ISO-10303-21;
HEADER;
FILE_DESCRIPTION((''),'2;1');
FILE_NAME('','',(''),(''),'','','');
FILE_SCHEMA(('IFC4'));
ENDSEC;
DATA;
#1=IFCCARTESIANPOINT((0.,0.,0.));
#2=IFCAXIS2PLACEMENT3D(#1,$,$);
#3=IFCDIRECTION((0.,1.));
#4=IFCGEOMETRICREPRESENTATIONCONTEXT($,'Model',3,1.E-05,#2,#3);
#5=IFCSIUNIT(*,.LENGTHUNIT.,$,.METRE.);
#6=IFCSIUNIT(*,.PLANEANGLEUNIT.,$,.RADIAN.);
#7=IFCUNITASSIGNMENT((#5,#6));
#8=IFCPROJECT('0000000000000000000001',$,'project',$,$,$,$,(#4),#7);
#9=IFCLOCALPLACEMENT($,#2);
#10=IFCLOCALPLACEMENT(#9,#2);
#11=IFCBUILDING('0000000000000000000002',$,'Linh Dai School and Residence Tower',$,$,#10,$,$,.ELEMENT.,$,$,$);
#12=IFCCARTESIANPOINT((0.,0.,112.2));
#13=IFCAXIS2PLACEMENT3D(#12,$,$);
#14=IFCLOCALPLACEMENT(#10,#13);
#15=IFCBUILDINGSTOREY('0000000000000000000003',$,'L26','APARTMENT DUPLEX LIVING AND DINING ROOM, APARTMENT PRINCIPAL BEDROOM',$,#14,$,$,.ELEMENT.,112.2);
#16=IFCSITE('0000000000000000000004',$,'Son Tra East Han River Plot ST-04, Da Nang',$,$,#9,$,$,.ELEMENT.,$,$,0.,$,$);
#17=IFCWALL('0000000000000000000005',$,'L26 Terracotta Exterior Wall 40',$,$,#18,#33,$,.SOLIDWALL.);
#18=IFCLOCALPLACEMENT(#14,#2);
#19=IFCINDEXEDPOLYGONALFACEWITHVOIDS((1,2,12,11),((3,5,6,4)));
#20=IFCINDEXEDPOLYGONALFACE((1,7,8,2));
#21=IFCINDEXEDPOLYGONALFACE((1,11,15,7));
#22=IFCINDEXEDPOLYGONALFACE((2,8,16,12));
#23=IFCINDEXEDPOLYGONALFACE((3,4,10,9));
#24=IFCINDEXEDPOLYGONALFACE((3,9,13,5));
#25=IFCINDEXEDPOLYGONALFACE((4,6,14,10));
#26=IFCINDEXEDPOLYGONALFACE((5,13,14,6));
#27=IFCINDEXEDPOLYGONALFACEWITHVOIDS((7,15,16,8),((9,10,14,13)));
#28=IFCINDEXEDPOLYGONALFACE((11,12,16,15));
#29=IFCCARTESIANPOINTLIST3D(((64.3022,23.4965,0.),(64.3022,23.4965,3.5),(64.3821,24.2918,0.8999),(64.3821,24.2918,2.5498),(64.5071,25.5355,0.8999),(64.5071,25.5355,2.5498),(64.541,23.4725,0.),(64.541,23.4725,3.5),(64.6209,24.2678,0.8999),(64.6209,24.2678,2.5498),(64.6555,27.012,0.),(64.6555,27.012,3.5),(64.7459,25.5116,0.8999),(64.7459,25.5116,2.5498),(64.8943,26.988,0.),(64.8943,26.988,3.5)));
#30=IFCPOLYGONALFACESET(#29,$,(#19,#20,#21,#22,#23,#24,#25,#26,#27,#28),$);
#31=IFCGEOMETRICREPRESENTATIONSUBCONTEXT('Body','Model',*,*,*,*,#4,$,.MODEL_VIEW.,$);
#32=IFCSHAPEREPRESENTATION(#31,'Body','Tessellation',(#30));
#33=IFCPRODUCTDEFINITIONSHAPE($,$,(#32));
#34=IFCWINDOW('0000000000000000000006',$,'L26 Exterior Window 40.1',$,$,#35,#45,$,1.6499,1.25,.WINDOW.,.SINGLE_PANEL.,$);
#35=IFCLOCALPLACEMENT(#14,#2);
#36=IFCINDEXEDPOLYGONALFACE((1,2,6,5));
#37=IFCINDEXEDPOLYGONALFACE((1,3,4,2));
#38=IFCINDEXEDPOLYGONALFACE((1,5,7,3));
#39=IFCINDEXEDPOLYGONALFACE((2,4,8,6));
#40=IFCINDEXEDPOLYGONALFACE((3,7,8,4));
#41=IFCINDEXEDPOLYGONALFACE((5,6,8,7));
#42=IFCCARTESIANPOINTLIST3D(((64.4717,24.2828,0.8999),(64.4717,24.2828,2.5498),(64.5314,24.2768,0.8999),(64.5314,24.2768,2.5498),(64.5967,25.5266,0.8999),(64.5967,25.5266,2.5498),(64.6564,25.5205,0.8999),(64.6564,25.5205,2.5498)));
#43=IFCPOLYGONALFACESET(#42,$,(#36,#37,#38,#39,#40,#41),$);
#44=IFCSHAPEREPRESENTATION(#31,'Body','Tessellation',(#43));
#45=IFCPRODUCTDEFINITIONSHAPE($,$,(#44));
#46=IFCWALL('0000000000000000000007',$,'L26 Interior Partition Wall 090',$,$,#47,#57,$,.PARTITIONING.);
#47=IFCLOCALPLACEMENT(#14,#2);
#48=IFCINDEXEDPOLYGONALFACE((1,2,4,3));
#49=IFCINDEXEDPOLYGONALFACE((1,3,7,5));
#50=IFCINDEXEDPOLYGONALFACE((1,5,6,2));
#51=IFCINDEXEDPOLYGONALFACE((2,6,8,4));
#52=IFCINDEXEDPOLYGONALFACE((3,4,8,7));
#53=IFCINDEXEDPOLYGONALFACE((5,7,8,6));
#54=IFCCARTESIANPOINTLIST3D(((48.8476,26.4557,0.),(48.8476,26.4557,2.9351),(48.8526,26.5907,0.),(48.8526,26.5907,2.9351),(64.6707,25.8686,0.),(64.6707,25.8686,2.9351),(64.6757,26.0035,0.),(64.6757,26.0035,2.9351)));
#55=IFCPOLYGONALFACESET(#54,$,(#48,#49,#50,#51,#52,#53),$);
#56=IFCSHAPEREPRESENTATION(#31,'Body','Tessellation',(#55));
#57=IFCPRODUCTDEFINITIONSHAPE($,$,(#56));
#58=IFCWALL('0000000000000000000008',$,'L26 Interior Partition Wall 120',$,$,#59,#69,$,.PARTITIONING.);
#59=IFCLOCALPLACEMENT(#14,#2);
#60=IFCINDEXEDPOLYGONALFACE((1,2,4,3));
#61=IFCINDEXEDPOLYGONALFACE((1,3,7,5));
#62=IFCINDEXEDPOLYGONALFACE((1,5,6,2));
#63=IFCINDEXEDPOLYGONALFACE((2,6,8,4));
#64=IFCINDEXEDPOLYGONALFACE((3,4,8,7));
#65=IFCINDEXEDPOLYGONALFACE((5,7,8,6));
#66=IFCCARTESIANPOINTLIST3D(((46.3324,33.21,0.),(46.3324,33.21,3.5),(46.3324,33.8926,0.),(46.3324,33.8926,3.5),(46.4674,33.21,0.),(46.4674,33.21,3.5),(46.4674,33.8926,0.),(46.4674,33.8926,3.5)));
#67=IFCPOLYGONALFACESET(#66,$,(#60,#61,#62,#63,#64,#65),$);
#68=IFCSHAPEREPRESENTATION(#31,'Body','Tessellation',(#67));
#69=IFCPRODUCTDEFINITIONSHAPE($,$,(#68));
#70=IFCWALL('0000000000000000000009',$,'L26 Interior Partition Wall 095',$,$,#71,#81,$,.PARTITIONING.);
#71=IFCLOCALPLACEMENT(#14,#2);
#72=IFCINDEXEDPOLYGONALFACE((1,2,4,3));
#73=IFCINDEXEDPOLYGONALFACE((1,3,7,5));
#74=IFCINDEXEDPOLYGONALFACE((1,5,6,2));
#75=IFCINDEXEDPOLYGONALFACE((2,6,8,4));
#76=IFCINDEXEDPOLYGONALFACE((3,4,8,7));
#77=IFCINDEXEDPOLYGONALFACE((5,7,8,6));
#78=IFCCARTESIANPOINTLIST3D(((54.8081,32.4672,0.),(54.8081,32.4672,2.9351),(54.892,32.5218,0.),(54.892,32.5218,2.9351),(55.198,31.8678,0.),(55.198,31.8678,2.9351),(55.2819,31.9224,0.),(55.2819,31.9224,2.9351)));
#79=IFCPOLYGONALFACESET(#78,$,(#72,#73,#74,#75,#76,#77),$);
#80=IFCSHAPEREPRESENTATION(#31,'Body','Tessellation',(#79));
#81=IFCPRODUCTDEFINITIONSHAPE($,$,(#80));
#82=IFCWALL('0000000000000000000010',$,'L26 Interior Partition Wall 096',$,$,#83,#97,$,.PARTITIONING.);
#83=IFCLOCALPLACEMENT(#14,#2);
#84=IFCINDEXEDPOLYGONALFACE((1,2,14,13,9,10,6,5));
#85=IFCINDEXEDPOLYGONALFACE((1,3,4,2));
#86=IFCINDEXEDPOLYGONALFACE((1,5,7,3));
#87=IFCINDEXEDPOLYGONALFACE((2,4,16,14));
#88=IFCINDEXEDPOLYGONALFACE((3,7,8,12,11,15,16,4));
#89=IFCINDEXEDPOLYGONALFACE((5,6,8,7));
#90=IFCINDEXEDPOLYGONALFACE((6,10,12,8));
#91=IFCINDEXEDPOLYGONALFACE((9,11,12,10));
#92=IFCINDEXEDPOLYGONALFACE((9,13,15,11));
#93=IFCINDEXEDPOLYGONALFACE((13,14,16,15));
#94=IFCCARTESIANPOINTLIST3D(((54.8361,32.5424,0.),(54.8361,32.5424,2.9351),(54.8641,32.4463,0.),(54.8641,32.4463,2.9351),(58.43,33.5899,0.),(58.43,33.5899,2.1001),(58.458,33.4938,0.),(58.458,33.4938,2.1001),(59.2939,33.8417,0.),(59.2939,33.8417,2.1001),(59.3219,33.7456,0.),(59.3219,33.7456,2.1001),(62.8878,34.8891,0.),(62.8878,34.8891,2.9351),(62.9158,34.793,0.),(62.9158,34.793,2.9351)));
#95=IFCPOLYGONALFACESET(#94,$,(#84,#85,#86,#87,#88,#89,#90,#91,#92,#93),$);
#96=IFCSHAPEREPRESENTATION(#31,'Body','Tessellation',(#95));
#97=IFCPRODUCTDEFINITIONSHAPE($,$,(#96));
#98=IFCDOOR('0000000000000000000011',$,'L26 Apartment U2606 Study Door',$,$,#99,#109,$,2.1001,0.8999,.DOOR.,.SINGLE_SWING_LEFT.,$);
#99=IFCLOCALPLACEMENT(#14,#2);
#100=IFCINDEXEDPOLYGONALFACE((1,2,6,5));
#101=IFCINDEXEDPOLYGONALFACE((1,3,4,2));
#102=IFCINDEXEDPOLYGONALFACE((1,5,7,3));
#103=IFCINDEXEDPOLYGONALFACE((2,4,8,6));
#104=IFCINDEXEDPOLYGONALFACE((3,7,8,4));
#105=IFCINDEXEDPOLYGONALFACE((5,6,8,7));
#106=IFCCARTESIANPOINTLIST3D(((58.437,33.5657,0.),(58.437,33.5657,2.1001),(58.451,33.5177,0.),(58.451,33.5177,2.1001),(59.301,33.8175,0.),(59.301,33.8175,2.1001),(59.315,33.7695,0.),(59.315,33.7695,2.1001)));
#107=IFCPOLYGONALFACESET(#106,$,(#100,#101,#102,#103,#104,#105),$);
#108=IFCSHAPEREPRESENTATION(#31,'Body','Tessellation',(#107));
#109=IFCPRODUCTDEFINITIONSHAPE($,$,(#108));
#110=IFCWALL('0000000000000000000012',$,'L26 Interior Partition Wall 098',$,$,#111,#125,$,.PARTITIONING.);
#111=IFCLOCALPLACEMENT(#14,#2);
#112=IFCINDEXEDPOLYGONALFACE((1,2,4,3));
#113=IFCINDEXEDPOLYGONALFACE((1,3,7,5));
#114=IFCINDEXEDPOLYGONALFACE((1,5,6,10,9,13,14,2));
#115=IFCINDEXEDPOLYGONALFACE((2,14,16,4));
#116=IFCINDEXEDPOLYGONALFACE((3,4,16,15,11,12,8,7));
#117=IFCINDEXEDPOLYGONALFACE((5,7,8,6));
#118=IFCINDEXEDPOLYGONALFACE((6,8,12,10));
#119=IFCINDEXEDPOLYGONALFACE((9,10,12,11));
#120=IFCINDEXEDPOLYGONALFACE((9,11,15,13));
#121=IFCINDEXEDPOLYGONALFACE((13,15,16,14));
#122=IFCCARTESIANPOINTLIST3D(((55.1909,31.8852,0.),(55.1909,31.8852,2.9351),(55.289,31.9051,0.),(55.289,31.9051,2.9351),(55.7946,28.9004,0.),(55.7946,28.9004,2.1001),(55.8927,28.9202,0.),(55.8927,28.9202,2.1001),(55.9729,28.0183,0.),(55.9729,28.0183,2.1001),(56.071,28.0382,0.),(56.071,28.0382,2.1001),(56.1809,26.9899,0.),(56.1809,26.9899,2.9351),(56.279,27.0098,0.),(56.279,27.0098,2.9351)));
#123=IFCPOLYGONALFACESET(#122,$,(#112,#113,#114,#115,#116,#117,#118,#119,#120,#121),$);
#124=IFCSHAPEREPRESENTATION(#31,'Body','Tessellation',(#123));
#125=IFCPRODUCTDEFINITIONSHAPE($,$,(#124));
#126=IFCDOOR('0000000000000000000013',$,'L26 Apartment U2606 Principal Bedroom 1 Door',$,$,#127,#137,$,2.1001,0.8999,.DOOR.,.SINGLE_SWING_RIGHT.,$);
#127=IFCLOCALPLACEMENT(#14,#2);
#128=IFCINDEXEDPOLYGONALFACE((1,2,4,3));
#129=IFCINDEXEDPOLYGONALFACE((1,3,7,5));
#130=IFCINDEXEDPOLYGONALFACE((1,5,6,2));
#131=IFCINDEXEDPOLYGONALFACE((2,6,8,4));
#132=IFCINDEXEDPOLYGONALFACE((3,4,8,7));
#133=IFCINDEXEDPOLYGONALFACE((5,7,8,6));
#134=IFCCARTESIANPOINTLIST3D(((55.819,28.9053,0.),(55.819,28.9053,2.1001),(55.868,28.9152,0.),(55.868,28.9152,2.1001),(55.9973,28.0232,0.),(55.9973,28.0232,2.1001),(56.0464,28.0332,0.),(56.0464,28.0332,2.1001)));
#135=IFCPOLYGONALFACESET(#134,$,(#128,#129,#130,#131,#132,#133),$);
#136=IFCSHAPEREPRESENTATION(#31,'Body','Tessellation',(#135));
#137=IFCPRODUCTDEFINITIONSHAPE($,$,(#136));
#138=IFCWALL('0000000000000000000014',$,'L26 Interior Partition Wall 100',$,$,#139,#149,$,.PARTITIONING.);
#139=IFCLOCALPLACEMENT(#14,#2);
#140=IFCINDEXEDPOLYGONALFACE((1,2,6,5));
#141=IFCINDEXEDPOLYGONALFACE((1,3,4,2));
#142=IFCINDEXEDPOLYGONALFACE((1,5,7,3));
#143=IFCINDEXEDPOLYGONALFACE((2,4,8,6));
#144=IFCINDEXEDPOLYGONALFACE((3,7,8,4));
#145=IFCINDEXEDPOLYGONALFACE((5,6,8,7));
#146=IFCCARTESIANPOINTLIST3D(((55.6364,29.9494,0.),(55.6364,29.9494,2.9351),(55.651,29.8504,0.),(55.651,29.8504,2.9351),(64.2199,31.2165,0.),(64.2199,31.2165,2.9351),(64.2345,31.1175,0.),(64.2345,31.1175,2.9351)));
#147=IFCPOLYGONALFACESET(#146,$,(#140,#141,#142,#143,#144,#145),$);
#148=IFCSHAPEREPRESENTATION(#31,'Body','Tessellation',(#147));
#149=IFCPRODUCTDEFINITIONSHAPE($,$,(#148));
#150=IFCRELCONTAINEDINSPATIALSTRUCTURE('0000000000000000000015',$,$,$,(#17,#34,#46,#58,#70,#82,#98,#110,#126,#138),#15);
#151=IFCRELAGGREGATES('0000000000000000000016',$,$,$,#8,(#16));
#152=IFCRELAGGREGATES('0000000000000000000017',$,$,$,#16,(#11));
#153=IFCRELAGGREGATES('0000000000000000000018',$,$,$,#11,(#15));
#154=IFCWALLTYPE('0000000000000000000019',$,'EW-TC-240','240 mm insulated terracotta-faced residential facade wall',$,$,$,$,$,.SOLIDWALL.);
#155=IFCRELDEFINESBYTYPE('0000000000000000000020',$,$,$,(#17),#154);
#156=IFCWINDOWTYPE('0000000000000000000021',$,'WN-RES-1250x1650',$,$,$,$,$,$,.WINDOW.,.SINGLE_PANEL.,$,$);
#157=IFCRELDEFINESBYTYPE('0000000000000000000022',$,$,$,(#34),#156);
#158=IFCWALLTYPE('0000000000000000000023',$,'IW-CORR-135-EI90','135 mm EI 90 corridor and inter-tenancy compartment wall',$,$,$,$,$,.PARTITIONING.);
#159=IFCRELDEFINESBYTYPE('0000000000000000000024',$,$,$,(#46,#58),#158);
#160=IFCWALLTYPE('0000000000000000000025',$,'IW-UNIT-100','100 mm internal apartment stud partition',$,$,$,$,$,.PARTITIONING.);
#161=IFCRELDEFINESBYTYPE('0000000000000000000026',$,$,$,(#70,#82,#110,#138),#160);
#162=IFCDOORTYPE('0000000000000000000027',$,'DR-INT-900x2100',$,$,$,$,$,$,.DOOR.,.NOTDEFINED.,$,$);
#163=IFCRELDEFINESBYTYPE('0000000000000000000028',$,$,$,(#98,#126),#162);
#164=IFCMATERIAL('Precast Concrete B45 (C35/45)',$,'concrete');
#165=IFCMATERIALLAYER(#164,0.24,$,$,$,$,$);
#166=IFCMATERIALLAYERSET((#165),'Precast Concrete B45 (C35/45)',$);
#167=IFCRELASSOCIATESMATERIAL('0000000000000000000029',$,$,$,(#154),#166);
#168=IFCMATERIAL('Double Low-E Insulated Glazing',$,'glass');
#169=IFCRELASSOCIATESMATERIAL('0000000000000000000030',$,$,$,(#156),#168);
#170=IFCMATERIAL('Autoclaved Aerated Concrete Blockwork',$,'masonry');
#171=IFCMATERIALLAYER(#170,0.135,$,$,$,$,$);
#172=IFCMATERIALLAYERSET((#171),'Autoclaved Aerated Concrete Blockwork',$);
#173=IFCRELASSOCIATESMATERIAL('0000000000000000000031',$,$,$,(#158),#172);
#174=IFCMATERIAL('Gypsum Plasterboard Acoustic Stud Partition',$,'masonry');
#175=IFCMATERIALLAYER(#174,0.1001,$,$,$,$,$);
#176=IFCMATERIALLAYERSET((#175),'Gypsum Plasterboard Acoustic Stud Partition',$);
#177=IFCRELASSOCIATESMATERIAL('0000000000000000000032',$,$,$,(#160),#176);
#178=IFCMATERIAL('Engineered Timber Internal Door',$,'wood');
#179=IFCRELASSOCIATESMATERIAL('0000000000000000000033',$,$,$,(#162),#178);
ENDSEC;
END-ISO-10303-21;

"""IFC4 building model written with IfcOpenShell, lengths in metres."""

from ifc_helpers import new_model, si_unit, direction, frame, frame_2d, origin, origin_2d, place, context, subcontext, project, spatial, rectangle, extrude, source, transform, mapped, material, layer, layer_set, type_object, element, fill, save


model = new_model("IFC4")

# Units and contexts
model_context = context("Model", 3, precision=1e-05, world=origin(), true_north=direction((0.0, 1.0)))
body_context = subcontext(model_context, "Body", "Model", "MODEL_VIEW")
ifc_project = project(units=[si_unit("LENGTHUNIT", "METRE"), si_unit("PLANEANGLEUNIT", "RADIAN")], contexts=[model_context])

# Site, building, storey
site_placement = place(None, origin())
site = spatial("IfcSite", under=ifc_project, at=site_placement, Name="Son Tra East Han River Plot ST-04, Da Nang", CompositionType="ELEMENT", RefElevation=0.0)
building_placement = place(site_placement, origin())
building = spatial("IfcBuilding", under=site, at=building_placement, Name="Linh Dai School and Residence Tower", CompositionType="ELEMENT")
storey_placement = place(building_placement, frame((0.0, 0.0, 112.2)))
storey = spatial("IfcBuildingStorey", under=building, at=storey_placement, Name="L26", Description="APARTMENT DUPLEX LIVING AND DINING ROOM, APARTMENT PRINCIPAL BEDROOM", CompositionType="ELEMENT", Elevation=112.2)

# Shared definitions
ifc_material_1 = material(Name="Precast Concrete B45 (C35/45)", Category="concrete")

# Wall, opening, window
ifc_layer_1 = layer(ifc_material_1, 0.24)
ifc_layer_set_1 = layer_set([ifc_layer_1], Name="Precast Concrete B45 (C35/45)")
wall_type_1 = type_object("IfcWallType", Name="EW-TC-240", Description="240 mm insulated terracotta-faced residential facade wall", PredefinedType="SOLIDWALL", material=ifc_layer_set_1)
ifc_material_2 = material(Name="Double Low-E Insulated Glazing", Category="glass")
window_type = type_object("IfcWindowType", Name="WN-RES-1250x1650", PartitioningType="SINGLE_PANEL", PredefinedType="WINDOW", material=ifc_material_2)
shared_shape_1 = source(origin(), body_context, "Body", "SweptSolid", [
    extrude(rectangle(XDim=1.25, YDim=1.6499, at=origin_2d()), frame((0.625, 0.03, 0.825), z_axis=(0.0, -1.0, 0.0), x_axis=(1.0, 0.0, 0.0)), (0.0, 0.0, 1.0), 0.0601),
])
wall_1_placement = place(storey_placement, frame((64.7749, 27.0, 0.0), z_axis=(0.0, 0.0, 1.0), x_axis=(-0.099989, -0.994988, 0.0)))
wall_1 = element("IfcWall", 1, at=wall_1_placement, inside=storey, type_object=wall_type_1, Name="L26 Terracotta Exterior Wall 40", PredefinedType="SOLIDWALL", context=body_context, shape_type="SweptSolid", body=[
    extrude(rectangle(XDim=3.5332, YDim=0.24, at=frame_2d((1.7666, 0.0))), origin(), (0.0, 0.0, 1.0), 3.5),
])
opening_1_placement = place(wall_1_placement, frame((1.4839, 0.0, 0.8999)))
opening_1 = element("IfcOpeningElement", 2, at=opening_1_placement, cuts=wall_1, PredefinedType="OPENING", context=body_context, shape_type="SweptSolid", body=[
    extrude(rectangle(XDim=1.25, YDim=1.6499, at=origin_2d()), frame((0.625, 0.1299, 0.825), z_axis=(0.0, -1.0, 0.0), x_axis=(1.0, 0.0, 0.0)), (0.0, 0.0, 1.0), 0.26),
])
window_1_placement = place(opening_1_placement, origin())
window_1 = element("IfcWindow", 3, at=window_1_placement, inside=storey, type_object=window_type, Name="L26 Exterior Window 40.1", OverallHeight=1.6499, OverallWidth=1.25, PartitioningType="SINGLE_PANEL", PredefinedType="WINDOW", context=body_context, shape_type="MappedRepresentation", body=[
    mapped(shared_shape_1, transform((0.0, 0.0, 0.0), x_axis=(1.0, 0.0, 0.0), y_axis=(0.0, 1.0, 0.0), z_axis=(0.0, 0.0, 1.0), scale=1.0)),
])
fill(opening_1, window_1)

# Walls
ifc_material_3 = material(Name="Autoclaved Aerated Concrete Blockwork", Category="masonry")
ifc_layer_2 = layer(ifc_material_3, 0.135)
ifc_layer_set_2 = layer_set([ifc_layer_2], Name="Autoclaved Aerated Concrete Blockwork")
wall_type_2 = type_object("IfcWallType", Name="IW-CORR-135-EI90", Description="135 mm EI 90 corridor and inter-tenancy compartment wall", PredefinedType="PARTITIONING", material=ifc_layer_set_2)
wall_2_placement = place(storey_placement, frame((48.8501, 26.5232, 0.0), z_axis=(0.0, 0.0, 1.0), x_axis=(0.999312, -0.037082, 0.0)))
element("IfcWall", 4, at=wall_2_placement, inside=storey, type_object=wall_type_2, Name="L26 Interior Partition Wall 090", PredefinedType="PARTITIONING", context=body_context, shape_type="SweptSolid", body=[
    extrude(rectangle(XDim=15.834, YDim=0.135, at=frame_2d((7.917, 0.0))), origin(), (0.0, 0.0, 1.0), 2.9351),
])
wall_3_placement = place(storey_placement, frame((46.3999, 33.21, 0.0), z_axis=(0.0, 0.0, 1.0), x_axis=(0.0, 1.0, 0.0)))
element("IfcWall", 5, at=wall_3_placement, inside=storey, type_object=wall_type_2, Name="L26 Interior Partition Wall 120", PredefinedType="PARTITIONING", context=body_context, shape_type="SweptSolid", body=[
    extrude(rectangle(XDim=0.6826, YDim=0.135, at=frame_2d((0.3413, 0.0))), origin(), (0.0, 0.0, 1.0), 3.5),
])
ifc_material_4 = material(Name="Gypsum Plasterboard Acoustic Stud Partition", Category="masonry")
ifc_layer_3 = layer(ifc_material_4, 0.1001)
ifc_layer_set_3 = layer_set([ifc_layer_3], Name="Gypsum Plasterboard Acoustic Stud Partition")
wall_type_3 = type_object("IfcWallType", Name="IW-UNIT-100", Description="100 mm internal apartment stud partition", PredefinedType="PARTITIONING", material=ifc_layer_set_3)
wall_4_placement = place(storey_placement, frame((54.8501, 32.4944, 0.0), z_axis=(0.0, 0.0, 1.0), x_axis=(0.545288, -0.838249, 0.0)))
element("IfcWall", 6, at=wall_4_placement, inside=storey, type_object=wall_type_3, Name="L26 Interior Partition Wall 095", PredefinedType="PARTITIONING", context=body_context, shape_type="SweptSolid", body=[
    extrude(rectangle(XDim=0.7151, YDim=0.1001, at=frame_2d((0.3574, 0.0))), origin(), (0.0, 0.0, 1.0), 2.9351),
])

# Walls, openings, doors
wall_5_placement = place(storey_placement, frame((54.8501, 32.4944, 0.0), z_axis=(0.0, 0.0, 1.0), x_axis=(0.960056, 0.279808, 0.0)))
wall_5 = element("IfcWall", 7, at=wall_5_placement, inside=storey, type_object=wall_type_3, Name="L26 Interior Partition Wall 096", PredefinedType="PARTITIONING", context=body_context, shape_type="SweptSolid", body=[
    extrude(rectangle(XDim=8.3867, YDim=0.1001, at=frame_2d((4.1934, 0.0))), origin(), (0.0, 0.0, 1.0), 2.9351),
])
opening_2_placement = place(wall_5_placement, frame((3.7434, 0.0, 0.0)))
opening_2 = element("IfcOpeningElement", 8, at=opening_2_placement, cuts=wall_5, PredefinedType="OPENING", context=body_context, shape_type="SweptSolid", body=[
    extrude(rectangle(XDim=0.8999, YDim=2.1001, at=origin_2d()), frame((0.45, 0.0601, 1.05), z_axis=(0.0, -1.0, 0.0), x_axis=(1.0, 0.0, 0.0)), (0.0, 0.0, 1.0), 0.1201),
])
ifc_material_5 = material(Name="Engineered Timber Internal Door", Category="wood")
door_type_1 = type_object("IfcDoorType", Name="DR-INT-900x2100", OperationType="NOTDEFINED", PredefinedType="DOOR", material=ifc_material_5)
shared_shape_2 = source(origin(), body_context, "Body", "SweptSolid", [
    extrude(rectangle(XDim=0.8999, YDim=2.1001, at=origin_2d()), frame((0.45, 0.0249, 1.05), z_axis=(0.0, -1.0, 0.0), x_axis=(1.0, 0.0, 0.0)), (0.0, 0.0, 1.0), 0.05),
])
door_1_placement = place(opening_2_placement, origin())
door_1 = element("IfcDoor", 9, at=door_1_placement, inside=storey, type_object=door_type_1, Name="L26 Apartment U2606 Study Door", OperationType="SINGLE_SWING_LEFT", OverallHeight=2.1001, OverallWidth=0.8999, PredefinedType="DOOR", context=body_context, shape_type="MappedRepresentation", body=[
    mapped(shared_shape_2, transform((0.0, 0.0, 0.0), x_axis=(1.0, 0.0, 0.0), y_axis=(0.0, 1.0, 0.0), z_axis=(0.0, 0.0, 1.0), scale=1.0)),
])
fill(opening_2, door_1)
wall_6_placement = place(storey_placement, frame((55.24, 31.895, 0.0), z_axis=(0.0, 0.0, 1.0), x_axis=(0.198221, -0.980157, 0.0)))
wall_6 = element("IfcWall", 10, at=wall_6_placement, inside=storey, type_object=wall_type_3, Name="L26 Interior Partition Wall 098", PredefinedType="PARTITIONING", context=body_context, shape_type="SweptSolid", body=[
    extrude(rectangle(XDim=4.9944, YDim=0.1001, at=frame_2d((2.4971, 0.0))), origin(), (0.0, 0.0, 1.0), 2.9351),
])
opening_3_placement = place(wall_6_placement, frame((3.0452, 0.0, 0.0)))
opening_3 = element("IfcOpeningElement", 11, at=opening_3_placement, cuts=wall_6, PredefinedType="OPENING", context=body_context, shape_type="SweptSolid", body=[
    extrude(rectangle(XDim=0.8999, YDim=2.1001, at=origin_2d()), frame((0.45, 0.0601, 1.05), z_axis=(0.0, -1.0, 0.0), x_axis=(1.0, 0.0, 0.0)), (0.0, 0.0, 1.0), 0.1201),
])
door_2_placement = place(opening_3_placement, origin())
door_2 = element("IfcDoor", 12, at=door_2_placement, inside=storey, type_object=door_type_1, Name="L26 Apartment U2606 Principal Bedroom 1 Door", OperationType="SINGLE_SWING_RIGHT", OverallHeight=2.1001, OverallWidth=0.8999, PredefinedType="DOOR", context=body_context, shape_type="MappedRepresentation", body=[
    mapped(shared_shape_2, transform((0.0, 0.0, 0.0), x_axis=(1.0, 0.0, 0.0), y_axis=(0.0, 1.0, 0.0), z_axis=(0.0, 0.0, 1.0), scale=1.0)),
])
fill(opening_3, door_2)

# Wall
wall_7_placement = place(storey_placement, frame((55.6436, 29.8999, 0.0), z_axis=(0.0, 0.0, 1.0), x_axis=(0.989279, 0.146037, 0.0)))
element("IfcWall", 13, at=wall_7_placement, inside=storey, type_object=wall_type_3, Name="L26 Interior Partition Wall 100", PredefinedType="PARTITIONING", context=body_context, shape_type="SweptSolid", body=[
    extrude(rectangle(XDim=8.6765, YDim=0.1001, at=frame_2d((4.3384, 0.0))), origin(), (0.0, 0.0, 1.0), 2.9351),
])

save(model, "model.ifc")
